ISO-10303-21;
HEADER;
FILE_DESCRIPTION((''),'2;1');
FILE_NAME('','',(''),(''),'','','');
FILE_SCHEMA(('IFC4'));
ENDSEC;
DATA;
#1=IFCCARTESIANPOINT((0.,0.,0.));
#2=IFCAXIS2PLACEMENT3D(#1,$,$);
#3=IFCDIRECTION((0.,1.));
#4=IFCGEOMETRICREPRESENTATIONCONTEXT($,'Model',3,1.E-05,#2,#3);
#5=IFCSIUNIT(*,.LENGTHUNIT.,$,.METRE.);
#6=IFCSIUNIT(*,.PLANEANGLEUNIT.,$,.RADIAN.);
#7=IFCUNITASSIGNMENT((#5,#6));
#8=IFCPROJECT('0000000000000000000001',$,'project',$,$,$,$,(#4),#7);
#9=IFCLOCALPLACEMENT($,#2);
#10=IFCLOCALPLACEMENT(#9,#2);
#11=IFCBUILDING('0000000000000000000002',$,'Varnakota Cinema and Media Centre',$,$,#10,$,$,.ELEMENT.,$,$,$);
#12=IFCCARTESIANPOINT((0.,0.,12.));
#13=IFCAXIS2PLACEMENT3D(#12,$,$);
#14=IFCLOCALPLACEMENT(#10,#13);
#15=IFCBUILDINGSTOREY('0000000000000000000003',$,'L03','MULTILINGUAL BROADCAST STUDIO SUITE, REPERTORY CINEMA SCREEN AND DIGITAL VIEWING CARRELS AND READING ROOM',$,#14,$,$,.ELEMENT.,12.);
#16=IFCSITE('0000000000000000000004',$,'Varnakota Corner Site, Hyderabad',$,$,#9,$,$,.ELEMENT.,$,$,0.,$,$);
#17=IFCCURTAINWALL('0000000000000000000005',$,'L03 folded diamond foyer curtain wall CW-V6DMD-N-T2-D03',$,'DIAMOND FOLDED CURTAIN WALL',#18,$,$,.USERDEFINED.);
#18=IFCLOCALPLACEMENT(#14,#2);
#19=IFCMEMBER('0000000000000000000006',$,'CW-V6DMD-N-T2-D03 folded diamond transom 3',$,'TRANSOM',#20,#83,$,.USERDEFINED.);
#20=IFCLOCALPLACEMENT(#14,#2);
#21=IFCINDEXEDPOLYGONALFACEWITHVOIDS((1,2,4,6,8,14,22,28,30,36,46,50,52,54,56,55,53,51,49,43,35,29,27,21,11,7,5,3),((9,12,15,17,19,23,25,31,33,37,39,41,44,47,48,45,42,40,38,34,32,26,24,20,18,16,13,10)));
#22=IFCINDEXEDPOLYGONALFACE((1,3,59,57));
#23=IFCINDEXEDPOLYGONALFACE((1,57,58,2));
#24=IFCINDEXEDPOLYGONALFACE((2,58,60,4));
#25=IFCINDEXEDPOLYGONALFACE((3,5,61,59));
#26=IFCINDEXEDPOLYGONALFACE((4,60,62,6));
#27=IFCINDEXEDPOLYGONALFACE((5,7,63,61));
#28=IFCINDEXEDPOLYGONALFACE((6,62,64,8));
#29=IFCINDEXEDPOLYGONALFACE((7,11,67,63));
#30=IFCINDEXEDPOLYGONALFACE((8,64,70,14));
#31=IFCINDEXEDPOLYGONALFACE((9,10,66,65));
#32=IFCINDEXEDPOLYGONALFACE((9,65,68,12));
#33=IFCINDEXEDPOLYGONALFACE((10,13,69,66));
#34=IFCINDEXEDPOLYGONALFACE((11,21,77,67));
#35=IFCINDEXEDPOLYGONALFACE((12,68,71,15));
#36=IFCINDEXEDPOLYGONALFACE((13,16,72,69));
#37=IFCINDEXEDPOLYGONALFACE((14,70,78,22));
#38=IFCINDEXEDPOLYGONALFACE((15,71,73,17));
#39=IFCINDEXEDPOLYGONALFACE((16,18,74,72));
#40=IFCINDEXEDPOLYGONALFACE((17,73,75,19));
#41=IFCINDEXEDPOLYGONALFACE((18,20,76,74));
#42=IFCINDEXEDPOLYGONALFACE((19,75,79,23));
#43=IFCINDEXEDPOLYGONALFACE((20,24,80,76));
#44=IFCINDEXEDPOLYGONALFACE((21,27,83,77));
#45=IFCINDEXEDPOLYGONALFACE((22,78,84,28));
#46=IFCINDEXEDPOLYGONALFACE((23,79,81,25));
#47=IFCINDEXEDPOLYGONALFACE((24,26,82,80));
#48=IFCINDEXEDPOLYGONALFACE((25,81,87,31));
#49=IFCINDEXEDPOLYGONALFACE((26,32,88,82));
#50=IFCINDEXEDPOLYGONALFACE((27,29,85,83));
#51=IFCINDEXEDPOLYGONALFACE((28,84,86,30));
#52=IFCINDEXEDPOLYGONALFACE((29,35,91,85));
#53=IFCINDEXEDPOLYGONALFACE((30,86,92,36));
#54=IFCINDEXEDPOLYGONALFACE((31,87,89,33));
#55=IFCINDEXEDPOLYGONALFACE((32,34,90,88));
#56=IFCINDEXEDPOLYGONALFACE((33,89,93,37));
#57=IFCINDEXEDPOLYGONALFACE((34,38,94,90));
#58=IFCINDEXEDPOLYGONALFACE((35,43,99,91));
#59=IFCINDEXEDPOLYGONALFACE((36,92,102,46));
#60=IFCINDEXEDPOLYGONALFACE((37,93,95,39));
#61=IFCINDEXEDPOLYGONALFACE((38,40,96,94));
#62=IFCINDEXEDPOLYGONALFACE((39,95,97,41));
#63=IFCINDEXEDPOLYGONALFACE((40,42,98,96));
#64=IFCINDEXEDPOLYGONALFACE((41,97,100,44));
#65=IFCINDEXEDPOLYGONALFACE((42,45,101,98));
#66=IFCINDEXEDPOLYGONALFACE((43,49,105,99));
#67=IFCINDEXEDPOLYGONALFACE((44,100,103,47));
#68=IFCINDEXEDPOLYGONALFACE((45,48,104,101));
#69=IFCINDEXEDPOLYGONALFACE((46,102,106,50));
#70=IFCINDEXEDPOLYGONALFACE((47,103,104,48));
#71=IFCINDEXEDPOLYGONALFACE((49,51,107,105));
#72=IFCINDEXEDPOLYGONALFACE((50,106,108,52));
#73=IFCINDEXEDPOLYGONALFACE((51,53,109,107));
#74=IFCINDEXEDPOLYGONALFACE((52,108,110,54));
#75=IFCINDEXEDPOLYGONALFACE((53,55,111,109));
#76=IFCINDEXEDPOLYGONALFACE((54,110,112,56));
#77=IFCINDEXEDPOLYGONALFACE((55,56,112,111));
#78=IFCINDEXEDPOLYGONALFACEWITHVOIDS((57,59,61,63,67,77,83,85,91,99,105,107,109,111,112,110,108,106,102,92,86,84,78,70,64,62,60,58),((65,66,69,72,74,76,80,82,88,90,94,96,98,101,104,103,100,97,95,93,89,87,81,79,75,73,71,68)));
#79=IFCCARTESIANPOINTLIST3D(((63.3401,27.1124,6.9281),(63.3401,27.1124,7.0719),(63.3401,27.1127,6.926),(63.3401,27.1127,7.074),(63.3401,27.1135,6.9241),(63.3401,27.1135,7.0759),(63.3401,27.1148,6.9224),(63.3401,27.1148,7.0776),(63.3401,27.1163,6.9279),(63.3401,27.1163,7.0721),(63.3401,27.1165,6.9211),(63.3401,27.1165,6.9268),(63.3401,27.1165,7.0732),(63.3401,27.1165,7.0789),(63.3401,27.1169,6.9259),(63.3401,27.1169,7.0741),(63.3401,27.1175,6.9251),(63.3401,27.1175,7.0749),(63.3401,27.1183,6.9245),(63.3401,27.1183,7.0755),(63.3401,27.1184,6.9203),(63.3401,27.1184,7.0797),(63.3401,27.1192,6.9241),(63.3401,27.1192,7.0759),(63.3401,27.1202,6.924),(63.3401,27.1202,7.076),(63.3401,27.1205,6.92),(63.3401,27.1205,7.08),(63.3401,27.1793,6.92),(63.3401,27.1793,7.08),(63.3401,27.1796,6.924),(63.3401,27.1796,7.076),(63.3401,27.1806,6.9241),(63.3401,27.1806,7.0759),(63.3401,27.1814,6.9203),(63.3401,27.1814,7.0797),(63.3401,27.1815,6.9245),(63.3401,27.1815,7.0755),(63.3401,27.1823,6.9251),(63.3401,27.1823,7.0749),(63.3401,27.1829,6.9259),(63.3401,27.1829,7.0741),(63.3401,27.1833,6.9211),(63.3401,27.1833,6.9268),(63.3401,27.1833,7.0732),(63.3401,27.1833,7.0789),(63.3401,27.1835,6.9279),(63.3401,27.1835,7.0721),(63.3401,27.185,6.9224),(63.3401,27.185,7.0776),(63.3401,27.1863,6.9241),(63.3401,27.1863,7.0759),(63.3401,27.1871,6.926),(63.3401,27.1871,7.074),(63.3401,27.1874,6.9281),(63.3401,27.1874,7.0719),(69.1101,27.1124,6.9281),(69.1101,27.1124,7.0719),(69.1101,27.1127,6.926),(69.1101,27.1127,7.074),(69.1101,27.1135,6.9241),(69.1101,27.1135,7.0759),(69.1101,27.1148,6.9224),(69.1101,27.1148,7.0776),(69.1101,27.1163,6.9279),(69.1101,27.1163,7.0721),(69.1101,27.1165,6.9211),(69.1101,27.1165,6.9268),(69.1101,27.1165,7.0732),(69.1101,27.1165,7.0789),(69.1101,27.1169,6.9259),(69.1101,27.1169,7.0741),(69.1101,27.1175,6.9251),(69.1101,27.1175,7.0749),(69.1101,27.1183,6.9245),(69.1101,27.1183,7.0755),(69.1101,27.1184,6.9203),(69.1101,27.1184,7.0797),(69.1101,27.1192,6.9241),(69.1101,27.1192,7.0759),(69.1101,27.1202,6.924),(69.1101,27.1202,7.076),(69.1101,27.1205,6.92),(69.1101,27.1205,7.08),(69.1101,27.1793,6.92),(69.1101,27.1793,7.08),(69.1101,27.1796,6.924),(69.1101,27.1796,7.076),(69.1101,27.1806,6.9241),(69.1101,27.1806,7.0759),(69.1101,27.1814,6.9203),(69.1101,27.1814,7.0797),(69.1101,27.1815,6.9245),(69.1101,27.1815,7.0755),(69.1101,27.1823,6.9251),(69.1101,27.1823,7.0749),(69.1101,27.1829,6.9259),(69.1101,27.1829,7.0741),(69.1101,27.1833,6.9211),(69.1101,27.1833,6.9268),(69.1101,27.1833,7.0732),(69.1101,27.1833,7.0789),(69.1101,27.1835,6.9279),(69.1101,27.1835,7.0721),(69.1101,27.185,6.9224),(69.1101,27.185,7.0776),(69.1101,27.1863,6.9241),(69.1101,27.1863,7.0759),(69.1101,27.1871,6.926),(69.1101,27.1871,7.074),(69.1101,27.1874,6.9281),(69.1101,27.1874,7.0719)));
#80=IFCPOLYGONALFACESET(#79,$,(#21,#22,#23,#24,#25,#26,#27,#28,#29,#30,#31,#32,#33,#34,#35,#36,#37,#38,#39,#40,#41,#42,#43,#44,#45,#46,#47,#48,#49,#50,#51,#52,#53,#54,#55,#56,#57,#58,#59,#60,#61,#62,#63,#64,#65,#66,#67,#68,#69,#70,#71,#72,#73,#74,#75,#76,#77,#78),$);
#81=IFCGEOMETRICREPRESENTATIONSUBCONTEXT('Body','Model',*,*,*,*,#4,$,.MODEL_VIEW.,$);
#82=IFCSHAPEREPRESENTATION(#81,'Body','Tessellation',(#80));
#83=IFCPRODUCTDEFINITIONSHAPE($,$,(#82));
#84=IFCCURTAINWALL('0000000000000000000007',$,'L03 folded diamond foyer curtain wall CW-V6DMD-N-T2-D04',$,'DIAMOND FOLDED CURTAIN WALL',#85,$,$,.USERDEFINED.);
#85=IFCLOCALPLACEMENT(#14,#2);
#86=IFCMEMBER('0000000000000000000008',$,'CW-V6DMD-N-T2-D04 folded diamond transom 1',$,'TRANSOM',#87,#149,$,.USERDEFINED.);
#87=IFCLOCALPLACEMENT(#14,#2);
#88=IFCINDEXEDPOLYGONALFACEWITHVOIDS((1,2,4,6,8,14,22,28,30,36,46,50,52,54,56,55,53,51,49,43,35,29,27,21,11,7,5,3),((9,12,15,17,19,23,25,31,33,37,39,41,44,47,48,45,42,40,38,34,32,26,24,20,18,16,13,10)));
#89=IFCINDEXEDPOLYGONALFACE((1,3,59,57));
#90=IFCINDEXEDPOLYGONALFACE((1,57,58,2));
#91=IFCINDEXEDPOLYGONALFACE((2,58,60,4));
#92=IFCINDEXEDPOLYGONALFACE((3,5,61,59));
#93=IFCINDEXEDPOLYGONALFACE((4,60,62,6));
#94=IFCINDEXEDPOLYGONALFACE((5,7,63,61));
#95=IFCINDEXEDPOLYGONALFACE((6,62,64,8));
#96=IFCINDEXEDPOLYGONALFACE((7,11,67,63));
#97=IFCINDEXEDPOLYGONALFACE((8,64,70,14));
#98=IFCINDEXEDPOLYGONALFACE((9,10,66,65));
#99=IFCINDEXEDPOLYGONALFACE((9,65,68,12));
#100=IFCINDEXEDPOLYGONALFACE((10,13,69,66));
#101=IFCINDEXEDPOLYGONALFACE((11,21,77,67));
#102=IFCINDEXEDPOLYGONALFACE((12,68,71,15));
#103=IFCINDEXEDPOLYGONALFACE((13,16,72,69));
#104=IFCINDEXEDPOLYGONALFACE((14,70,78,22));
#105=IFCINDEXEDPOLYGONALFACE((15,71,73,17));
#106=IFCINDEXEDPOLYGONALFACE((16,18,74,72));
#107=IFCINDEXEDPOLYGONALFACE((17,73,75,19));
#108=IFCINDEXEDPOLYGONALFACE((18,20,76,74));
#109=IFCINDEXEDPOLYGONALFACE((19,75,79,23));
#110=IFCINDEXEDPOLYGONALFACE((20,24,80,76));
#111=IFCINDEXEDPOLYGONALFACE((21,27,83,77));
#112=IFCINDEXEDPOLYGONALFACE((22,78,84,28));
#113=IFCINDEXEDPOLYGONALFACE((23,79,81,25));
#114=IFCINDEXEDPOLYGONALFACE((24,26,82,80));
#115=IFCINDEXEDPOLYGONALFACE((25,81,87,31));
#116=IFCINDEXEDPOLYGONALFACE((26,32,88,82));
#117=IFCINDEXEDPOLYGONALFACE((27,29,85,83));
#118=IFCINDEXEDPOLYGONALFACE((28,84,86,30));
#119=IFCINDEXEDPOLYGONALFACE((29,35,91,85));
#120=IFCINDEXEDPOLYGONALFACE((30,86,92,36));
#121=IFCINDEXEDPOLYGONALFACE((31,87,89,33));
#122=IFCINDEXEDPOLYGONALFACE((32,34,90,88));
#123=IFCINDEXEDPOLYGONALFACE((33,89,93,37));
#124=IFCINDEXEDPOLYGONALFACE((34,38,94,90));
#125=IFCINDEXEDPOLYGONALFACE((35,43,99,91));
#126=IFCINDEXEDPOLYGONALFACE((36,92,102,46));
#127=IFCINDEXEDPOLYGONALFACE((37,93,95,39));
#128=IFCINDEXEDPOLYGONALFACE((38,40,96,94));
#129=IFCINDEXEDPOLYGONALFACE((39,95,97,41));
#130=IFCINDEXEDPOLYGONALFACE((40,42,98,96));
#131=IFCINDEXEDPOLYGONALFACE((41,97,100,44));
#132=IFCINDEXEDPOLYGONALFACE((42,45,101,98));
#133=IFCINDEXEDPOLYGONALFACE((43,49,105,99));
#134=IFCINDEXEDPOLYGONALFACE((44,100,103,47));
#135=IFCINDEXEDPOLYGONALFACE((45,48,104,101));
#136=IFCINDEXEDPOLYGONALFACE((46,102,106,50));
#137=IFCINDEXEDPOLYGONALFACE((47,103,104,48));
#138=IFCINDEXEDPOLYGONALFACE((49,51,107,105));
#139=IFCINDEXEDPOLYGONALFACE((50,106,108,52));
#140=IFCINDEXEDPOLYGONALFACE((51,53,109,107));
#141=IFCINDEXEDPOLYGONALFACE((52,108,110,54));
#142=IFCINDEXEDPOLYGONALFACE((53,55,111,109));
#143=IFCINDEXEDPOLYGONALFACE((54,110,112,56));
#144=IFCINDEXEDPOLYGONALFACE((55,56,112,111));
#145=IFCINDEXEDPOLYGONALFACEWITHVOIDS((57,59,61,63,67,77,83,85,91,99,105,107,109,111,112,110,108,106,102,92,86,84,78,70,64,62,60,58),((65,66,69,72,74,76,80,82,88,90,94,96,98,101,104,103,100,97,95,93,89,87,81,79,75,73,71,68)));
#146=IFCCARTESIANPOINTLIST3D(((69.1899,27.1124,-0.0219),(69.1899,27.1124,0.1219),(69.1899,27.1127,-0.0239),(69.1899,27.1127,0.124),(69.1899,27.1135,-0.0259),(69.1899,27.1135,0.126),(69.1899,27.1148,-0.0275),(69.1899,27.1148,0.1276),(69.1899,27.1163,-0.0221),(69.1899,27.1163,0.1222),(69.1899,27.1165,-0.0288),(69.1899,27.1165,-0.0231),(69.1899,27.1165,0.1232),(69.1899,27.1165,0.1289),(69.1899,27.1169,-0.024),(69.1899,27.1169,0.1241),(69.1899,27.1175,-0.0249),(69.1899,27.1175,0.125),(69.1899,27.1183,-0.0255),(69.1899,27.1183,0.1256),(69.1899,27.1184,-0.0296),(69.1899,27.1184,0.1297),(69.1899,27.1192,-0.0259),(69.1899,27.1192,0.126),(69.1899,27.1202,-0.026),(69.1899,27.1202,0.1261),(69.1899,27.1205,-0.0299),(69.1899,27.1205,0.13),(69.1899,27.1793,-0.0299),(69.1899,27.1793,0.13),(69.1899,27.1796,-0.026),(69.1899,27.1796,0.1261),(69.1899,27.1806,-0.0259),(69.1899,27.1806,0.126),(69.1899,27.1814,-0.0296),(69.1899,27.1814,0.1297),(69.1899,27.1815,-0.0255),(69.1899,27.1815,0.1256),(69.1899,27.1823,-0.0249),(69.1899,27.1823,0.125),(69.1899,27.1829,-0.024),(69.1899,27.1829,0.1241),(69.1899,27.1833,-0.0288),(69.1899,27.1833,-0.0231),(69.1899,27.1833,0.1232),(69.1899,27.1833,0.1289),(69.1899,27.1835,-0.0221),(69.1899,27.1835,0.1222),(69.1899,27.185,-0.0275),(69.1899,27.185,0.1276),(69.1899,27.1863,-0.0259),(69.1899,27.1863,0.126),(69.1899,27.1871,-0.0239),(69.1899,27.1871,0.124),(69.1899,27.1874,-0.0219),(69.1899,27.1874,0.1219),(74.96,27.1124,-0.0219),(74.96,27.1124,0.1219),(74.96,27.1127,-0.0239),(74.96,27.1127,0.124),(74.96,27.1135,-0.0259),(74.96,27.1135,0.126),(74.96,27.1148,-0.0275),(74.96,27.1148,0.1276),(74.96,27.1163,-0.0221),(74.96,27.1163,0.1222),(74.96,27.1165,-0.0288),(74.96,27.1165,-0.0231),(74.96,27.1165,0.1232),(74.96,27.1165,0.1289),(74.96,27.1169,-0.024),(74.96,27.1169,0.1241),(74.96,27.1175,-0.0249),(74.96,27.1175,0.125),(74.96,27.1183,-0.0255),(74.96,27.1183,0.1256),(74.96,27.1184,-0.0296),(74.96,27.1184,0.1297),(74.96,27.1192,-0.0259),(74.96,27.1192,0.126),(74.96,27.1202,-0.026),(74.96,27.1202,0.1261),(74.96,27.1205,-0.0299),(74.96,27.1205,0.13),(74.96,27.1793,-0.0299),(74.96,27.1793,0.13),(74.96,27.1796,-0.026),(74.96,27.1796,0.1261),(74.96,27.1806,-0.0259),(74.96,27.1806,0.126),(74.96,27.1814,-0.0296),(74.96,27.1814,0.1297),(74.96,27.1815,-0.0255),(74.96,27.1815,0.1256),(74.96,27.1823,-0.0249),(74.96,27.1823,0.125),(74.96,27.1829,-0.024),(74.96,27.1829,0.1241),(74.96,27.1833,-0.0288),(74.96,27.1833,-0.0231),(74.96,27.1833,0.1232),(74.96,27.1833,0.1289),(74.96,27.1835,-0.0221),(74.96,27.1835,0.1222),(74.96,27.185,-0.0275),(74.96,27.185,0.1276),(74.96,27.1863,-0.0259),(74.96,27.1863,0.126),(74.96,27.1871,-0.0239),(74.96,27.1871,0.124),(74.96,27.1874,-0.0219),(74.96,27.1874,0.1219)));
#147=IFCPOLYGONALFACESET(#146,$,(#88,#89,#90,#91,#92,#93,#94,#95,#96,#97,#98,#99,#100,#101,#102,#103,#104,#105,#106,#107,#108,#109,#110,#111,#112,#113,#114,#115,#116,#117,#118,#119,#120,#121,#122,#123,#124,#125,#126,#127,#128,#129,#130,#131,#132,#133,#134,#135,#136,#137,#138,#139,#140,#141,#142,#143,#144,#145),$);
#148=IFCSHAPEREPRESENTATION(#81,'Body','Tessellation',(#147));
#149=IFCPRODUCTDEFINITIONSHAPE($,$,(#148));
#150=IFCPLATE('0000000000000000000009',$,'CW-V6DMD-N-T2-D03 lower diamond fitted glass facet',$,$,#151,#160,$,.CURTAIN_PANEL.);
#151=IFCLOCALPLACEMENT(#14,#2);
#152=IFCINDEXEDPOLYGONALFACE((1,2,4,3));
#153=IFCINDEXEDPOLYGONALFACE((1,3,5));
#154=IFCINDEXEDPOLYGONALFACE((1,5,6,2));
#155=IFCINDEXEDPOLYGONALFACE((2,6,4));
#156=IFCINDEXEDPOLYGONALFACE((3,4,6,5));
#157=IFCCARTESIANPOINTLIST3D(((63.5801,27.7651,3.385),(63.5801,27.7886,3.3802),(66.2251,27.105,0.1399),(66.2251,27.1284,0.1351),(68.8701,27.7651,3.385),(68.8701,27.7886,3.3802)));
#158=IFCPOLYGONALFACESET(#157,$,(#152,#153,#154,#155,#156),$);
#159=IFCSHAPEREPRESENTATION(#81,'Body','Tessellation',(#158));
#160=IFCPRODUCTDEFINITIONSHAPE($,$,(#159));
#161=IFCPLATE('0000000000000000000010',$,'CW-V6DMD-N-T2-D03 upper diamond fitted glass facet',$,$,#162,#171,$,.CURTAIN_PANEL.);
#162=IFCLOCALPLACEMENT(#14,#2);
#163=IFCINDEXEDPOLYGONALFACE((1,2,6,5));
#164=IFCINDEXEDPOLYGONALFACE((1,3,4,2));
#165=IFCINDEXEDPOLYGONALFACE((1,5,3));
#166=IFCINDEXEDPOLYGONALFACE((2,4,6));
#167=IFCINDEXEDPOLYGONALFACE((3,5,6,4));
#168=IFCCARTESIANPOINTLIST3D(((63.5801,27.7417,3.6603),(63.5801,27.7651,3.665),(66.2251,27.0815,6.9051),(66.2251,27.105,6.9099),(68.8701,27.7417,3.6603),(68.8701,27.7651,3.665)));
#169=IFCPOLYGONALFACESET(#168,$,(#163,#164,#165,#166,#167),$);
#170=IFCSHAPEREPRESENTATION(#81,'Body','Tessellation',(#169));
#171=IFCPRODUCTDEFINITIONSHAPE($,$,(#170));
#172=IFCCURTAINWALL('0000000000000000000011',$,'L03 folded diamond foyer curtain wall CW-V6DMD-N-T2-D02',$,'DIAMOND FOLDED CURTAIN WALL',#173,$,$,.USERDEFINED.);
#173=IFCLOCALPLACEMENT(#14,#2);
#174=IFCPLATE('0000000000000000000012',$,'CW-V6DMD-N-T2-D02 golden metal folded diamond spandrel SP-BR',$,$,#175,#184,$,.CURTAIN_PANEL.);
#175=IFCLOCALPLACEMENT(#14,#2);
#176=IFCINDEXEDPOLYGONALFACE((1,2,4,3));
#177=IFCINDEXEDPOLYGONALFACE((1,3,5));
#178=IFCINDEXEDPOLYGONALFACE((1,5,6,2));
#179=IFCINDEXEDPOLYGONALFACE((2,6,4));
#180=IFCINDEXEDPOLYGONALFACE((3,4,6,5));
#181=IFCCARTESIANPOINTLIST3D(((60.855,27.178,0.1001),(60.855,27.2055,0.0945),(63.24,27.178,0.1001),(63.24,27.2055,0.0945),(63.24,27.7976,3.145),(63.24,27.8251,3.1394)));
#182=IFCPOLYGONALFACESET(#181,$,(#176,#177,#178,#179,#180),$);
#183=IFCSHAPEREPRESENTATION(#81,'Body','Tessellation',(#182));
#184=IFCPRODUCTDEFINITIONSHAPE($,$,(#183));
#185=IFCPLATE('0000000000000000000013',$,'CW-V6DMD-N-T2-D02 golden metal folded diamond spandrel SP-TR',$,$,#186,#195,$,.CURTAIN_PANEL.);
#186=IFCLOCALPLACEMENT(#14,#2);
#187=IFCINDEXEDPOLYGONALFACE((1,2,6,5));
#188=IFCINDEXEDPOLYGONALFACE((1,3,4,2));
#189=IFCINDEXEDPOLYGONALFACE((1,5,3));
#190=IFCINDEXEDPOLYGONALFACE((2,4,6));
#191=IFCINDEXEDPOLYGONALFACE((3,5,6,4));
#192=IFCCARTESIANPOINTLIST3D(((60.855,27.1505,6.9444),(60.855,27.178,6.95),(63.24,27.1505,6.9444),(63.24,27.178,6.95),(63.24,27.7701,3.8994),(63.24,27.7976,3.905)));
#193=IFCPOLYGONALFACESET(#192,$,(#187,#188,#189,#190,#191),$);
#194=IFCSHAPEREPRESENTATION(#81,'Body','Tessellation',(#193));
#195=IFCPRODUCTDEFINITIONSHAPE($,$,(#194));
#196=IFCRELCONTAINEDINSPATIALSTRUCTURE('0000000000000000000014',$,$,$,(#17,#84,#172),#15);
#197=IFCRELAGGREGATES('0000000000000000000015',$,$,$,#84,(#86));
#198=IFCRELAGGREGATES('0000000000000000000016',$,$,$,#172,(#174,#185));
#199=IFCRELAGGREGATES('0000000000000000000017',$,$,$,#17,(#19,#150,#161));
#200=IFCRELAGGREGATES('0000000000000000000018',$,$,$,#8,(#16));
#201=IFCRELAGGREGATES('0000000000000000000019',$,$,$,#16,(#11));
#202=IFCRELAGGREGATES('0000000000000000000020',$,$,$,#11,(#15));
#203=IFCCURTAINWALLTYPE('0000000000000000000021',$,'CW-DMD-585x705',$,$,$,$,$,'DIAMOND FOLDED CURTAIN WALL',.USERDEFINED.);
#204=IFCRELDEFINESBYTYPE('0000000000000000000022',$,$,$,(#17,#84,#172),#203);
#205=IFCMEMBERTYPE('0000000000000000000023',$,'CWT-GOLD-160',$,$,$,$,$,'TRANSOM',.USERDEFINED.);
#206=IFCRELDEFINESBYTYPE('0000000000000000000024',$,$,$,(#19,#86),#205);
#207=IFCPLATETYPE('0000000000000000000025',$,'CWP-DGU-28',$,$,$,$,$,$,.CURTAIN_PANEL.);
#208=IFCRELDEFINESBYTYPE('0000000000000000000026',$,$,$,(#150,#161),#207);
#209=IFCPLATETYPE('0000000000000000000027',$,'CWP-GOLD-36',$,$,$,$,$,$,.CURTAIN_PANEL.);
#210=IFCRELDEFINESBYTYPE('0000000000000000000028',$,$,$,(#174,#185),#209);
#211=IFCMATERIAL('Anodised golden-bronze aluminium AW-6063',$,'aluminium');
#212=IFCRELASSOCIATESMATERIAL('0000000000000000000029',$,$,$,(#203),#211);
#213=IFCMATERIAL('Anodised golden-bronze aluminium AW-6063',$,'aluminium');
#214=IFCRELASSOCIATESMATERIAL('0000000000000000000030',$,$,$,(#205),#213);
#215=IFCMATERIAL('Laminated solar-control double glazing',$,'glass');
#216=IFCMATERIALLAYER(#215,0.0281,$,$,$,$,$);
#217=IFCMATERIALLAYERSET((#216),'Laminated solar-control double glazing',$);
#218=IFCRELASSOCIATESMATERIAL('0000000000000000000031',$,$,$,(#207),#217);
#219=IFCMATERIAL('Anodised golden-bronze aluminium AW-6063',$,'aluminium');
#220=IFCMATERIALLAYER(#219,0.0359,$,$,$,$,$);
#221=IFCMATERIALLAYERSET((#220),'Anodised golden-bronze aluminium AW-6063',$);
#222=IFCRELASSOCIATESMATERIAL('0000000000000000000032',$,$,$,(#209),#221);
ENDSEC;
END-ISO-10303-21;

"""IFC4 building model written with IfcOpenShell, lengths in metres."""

from ifc_helpers import new_model, si_unit, direction, frame, origin, origin_2d, place, context, subcontext, project, spatial, polyline, hollow_rectangle, outline, extrude, material, layer, layer_set, material_profile, profile_set, type_object, element, aggregate, save


model = new_model("IFC4")

# Units and contexts
model_context = context("Model", 3, precision=1e-05, world=origin(), true_north=direction((0.0, 1.0)))
body_context = subcontext(model_context, "Body", "Model", "MODEL_VIEW")
ifc_project = project(units=[si_unit("LENGTHUNIT", "METRE"), si_unit("PLANEANGLEUNIT", "RADIAN")], contexts=[model_context])

# Site, building, storey
site_placement = place(None, origin())
site = spatial("IfcSite", under=ifc_project, at=site_placement, Name="Varnakota Corner Site, Hyderabad", CompositionType="ELEMENT", RefElevation=0.0)
building_placement = place(site_placement, origin())
building = spatial("IfcBuilding", under=site, at=building_placement, Name="Varnakota Cinema and Media Centre", CompositionType="ELEMENT")
storey_placement = place(building_placement, frame((0.0, 0.0, 12.0)))
storey = spatial("IfcBuildingStorey", under=building, at=storey_placement, Name="L03", Description="MULTILINGUAL BROADCAST STUDIO SUITE, REPERTORY CINEMA SCREEN AND DIGITAL VIEWING CARRELS AND READING ROOM", CompositionType="ELEMENT", Elevation=12.0)

# Curtain wall, member
ifc_material_1 = material(Name="Anodised golden-bronze aluminium AW-6063", Category="aluminium")
curtain_wall_type = type_object("IfcCurtainWallType", Name="CW-DMD-585x705", ElementType="DIAMOND FOLDED CURTAIN WALL", PredefinedType="USERDEFINED", material=ifc_material_1)
curtain_wall_1_placement = place(storey_placement, origin())
curtain_wall_1 = element("IfcCurtainWall", 1, at=curtain_wall_1_placement, inside=storey, type_object=curtain_wall_type, Name="L03 folded diamond foyer curtain wall CW-V6DMD-N-T2-D03", ObjectType="DIAMOND FOLDED CURTAIN WALL", PredefinedType="USERDEFINED")
ifc_material_2 = material(Name="Anodised golden-bronze aluminium AW-6063", Category="aluminium")
ifc_material_profile_1 = material_profile(ifc_material_2, hollow_rectangle(XDim=0.075, YDim=0.1599, WallThickness=0.0039, InnerFilletRadius=0.0039, OuterFilletRadius=0.0081, at=origin_2d()), Name="AL-TRANSOM 160x75x4")
ifc_profile_set_1 = profile_set([ifc_material_profile_1], Name="Anodised golden-bronze aluminium AW-6063")
member_type_1 = type_object("IfcMemberType", Name="CWT-GOLD-160", ElementType="TRANSOM", PredefinedType="USERDEFINED", material=ifc_profile_set_1)
member_1_placement = place(storey_placement, frame((63.3401, 27.1499, 7.0), z_axis=(1.0, 0.0, 0.0), x_axis=(0.0, 1.0, 0.0)))
member_1 = element("IfcMember", 2, at=member_1_placement, type_object=member_type_1, Name="CW-V6DMD-N-T2-D03 folded diamond transom 3", ObjectType="TRANSOM", PredefinedType="USERDEFINED", context=body_context, shape_type="SweptSolid", body=[
    extrude(hollow_rectangle(XDim=0.075, YDim=0.1599, WallThickness=0.0039, InnerFilletRadius=0.0039, OuterFilletRadius=0.0081, at=origin_2d()), origin(), (0.0, 0.0, 1.0), 5.77),
])

# Curtain wall, member
curtain_wall_2_placement = place(storey_placement, origin())
curtain_wall_2 = element("IfcCurtainWall", 3, at=curtain_wall_2_placement, inside=storey, type_object=curtain_wall_type, Name="L03 folded diamond foyer curtain wall CW-V6DMD-N-T2-D04", ObjectType="DIAMOND FOLDED CURTAIN WALL", PredefinedType="USERDEFINED")
member_2_placement = place(storey_placement, frame((69.1899, 27.1499, 0.05), z_axis=(1.0, 0.0, 0.0), x_axis=(0.0, 1.0, 0.0)))
member_2 = element("IfcMember", 4, at=member_2_placement, type_object=member_type_1, Name="CW-V6DMD-N-T2-D04 folded diamond transom 1", ObjectType="TRANSOM", PredefinedType="USERDEFINED", context=body_context, shape_type="SweptSolid", body=[
    extrude(hollow_rectangle(XDim=0.075, YDim=0.1599, WallThickness=0.0039, InnerFilletRadius=0.0039, OuterFilletRadius=0.0081, at=origin_2d()), origin(), (0.0, 0.0, 1.0), 5.77),
])
aggregate(curtain_wall_2, [member_2])

# Plates
ifc_material_3 = material(Name="Laminated solar-control double glazing", Category="glass")
ifc_layer_1 = layer(ifc_material_3, 0.0281)
ifc_layer_set_1 = layer_set([ifc_layer_1], Name="Laminated solar-control double glazing")
plate_type_1 = type_object("IfcPlateType", Name="CWP-DGU-28", PredefinedType="CURTAIN_PANEL", material=ifc_layer_set_1)
plate_1_placement = place(storey_placement, frame((63.5801, 27.7651, 3.385), z_axis=(0.0, -0.979929, 0.199348), x_axis=(0.624084, -0.155762, -0.765675)))
plate_1 = element("IfcPlate", 5, at=plate_1_placement, type_object=plate_type_1, Name="CW-V6DMD-N-T2-D03 lower diamond fitted glass facet", PredefinedType="CURTAIN_PANEL", context=body_context, shape_type="SweptSolid", body=[
    extrude(outline(polyline([(0.0, 0.0), (4.2382, 0.0), (3.3014, 4.1334), (0.0, 0.0)])), origin(), (0.0, 0.0, -1.0), 0.0239),
])
plate_2_placement = place(storey_placement, frame((63.5801, 27.7651, 3.665), z_axis=(0.0, 0.979926, 0.199362), x_axis=(1.0, 0.0, 0.0)))
plate_2 = element("IfcPlate", 6, at=plate_2_placement, type_object=plate_type_1, Name="CW-V6DMD-N-T2-D03 upper diamond fitted glass facet", PredefinedType="CURTAIN_PANEL", context=body_context, shape_type="SweptSolid", body=[
    extrude(outline(polyline([(0.0, 0.0), (5.29, 0.0), (2.645, -3.3113), (0.0, 0.0)])), origin(), (0.0, 0.0, -1.0), 0.0239),
])

# Curtain wall, plates
curtain_wall_3_placement = place(storey_placement, origin())
curtain_wall_3 = element("IfcCurtainWall", 7, at=curtain_wall_3_placement, inside=storey, type_object=curtain_wall_type, Name="L03 folded diamond foyer curtain wall CW-V6DMD-N-T2-D02", ObjectType="DIAMOND FOLDED CURTAIN WALL", PredefinedType="USERDEFINED")
ifc_material_4 = material(Name="Anodised golden-bronze aluminium AW-6063", Category="aluminium")
ifc_layer_2 = layer(ifc_material_4, 0.0359)
ifc_layer_set_2 = layer_set([ifc_layer_2], Name="Anodised golden-bronze aluminium AW-6063")
plate_type_2 = type_object("IfcPlateType", Name="CWP-GOLD-36", PredefinedType="CURTAIN_PANEL", material=ifc_layer_set_2)
plate_3_placement = place(storey_placement, frame((60.855, 27.178, 0.1001), z_axis=(0.0, -0.979916, 0.199409), x_axis=(1.0, 0.0, 0.0)))
plate_3 = element("IfcPlate", 8, at=plate_3_placement, type_object=plate_type_2, Name="CW-V6DMD-N-T2-D02 golden metal folded diamond spandrel SP-BR", PredefinedType="CURTAIN_PANEL", context=body_context, shape_type="SweptSolid", body=[
    extrude(outline(polyline([(0.0, 0.0), (2.385, 0.0), (2.385, 3.1073), (0.0, 0.0)])), origin(), (0.0, 0.0, -1.0), 0.0281),
])
plate_4_placement = place(storey_placement, frame((63.24, 27.7976, 3.905), z_axis=(0.0, 0.979916, 0.199409), x_axis=(0.0, -0.199409, 0.979916)))
plate_4 = element("IfcPlate", 9, at=plate_4_placement, type_object=plate_type_2, Name="CW-V6DMD-N-T2-D02 golden metal folded diamond spandrel SP-TR", PredefinedType="CURTAIN_PANEL", context=body_context, shape_type="SweptSolid", body=[
    extrude(outline(polyline([(0.0, 0.0), (3.1073, 0.0), (3.1073, -2.385), (0.0, 0.0)])), origin(), (0.0, 0.0, -1.0), 0.0281),
])
aggregate(curtain_wall_3, [plate_3, plate_4])

aggregate(curtain_wall_1, [member_1, plate_1, plate_2])

save(model, "model.ifc")
